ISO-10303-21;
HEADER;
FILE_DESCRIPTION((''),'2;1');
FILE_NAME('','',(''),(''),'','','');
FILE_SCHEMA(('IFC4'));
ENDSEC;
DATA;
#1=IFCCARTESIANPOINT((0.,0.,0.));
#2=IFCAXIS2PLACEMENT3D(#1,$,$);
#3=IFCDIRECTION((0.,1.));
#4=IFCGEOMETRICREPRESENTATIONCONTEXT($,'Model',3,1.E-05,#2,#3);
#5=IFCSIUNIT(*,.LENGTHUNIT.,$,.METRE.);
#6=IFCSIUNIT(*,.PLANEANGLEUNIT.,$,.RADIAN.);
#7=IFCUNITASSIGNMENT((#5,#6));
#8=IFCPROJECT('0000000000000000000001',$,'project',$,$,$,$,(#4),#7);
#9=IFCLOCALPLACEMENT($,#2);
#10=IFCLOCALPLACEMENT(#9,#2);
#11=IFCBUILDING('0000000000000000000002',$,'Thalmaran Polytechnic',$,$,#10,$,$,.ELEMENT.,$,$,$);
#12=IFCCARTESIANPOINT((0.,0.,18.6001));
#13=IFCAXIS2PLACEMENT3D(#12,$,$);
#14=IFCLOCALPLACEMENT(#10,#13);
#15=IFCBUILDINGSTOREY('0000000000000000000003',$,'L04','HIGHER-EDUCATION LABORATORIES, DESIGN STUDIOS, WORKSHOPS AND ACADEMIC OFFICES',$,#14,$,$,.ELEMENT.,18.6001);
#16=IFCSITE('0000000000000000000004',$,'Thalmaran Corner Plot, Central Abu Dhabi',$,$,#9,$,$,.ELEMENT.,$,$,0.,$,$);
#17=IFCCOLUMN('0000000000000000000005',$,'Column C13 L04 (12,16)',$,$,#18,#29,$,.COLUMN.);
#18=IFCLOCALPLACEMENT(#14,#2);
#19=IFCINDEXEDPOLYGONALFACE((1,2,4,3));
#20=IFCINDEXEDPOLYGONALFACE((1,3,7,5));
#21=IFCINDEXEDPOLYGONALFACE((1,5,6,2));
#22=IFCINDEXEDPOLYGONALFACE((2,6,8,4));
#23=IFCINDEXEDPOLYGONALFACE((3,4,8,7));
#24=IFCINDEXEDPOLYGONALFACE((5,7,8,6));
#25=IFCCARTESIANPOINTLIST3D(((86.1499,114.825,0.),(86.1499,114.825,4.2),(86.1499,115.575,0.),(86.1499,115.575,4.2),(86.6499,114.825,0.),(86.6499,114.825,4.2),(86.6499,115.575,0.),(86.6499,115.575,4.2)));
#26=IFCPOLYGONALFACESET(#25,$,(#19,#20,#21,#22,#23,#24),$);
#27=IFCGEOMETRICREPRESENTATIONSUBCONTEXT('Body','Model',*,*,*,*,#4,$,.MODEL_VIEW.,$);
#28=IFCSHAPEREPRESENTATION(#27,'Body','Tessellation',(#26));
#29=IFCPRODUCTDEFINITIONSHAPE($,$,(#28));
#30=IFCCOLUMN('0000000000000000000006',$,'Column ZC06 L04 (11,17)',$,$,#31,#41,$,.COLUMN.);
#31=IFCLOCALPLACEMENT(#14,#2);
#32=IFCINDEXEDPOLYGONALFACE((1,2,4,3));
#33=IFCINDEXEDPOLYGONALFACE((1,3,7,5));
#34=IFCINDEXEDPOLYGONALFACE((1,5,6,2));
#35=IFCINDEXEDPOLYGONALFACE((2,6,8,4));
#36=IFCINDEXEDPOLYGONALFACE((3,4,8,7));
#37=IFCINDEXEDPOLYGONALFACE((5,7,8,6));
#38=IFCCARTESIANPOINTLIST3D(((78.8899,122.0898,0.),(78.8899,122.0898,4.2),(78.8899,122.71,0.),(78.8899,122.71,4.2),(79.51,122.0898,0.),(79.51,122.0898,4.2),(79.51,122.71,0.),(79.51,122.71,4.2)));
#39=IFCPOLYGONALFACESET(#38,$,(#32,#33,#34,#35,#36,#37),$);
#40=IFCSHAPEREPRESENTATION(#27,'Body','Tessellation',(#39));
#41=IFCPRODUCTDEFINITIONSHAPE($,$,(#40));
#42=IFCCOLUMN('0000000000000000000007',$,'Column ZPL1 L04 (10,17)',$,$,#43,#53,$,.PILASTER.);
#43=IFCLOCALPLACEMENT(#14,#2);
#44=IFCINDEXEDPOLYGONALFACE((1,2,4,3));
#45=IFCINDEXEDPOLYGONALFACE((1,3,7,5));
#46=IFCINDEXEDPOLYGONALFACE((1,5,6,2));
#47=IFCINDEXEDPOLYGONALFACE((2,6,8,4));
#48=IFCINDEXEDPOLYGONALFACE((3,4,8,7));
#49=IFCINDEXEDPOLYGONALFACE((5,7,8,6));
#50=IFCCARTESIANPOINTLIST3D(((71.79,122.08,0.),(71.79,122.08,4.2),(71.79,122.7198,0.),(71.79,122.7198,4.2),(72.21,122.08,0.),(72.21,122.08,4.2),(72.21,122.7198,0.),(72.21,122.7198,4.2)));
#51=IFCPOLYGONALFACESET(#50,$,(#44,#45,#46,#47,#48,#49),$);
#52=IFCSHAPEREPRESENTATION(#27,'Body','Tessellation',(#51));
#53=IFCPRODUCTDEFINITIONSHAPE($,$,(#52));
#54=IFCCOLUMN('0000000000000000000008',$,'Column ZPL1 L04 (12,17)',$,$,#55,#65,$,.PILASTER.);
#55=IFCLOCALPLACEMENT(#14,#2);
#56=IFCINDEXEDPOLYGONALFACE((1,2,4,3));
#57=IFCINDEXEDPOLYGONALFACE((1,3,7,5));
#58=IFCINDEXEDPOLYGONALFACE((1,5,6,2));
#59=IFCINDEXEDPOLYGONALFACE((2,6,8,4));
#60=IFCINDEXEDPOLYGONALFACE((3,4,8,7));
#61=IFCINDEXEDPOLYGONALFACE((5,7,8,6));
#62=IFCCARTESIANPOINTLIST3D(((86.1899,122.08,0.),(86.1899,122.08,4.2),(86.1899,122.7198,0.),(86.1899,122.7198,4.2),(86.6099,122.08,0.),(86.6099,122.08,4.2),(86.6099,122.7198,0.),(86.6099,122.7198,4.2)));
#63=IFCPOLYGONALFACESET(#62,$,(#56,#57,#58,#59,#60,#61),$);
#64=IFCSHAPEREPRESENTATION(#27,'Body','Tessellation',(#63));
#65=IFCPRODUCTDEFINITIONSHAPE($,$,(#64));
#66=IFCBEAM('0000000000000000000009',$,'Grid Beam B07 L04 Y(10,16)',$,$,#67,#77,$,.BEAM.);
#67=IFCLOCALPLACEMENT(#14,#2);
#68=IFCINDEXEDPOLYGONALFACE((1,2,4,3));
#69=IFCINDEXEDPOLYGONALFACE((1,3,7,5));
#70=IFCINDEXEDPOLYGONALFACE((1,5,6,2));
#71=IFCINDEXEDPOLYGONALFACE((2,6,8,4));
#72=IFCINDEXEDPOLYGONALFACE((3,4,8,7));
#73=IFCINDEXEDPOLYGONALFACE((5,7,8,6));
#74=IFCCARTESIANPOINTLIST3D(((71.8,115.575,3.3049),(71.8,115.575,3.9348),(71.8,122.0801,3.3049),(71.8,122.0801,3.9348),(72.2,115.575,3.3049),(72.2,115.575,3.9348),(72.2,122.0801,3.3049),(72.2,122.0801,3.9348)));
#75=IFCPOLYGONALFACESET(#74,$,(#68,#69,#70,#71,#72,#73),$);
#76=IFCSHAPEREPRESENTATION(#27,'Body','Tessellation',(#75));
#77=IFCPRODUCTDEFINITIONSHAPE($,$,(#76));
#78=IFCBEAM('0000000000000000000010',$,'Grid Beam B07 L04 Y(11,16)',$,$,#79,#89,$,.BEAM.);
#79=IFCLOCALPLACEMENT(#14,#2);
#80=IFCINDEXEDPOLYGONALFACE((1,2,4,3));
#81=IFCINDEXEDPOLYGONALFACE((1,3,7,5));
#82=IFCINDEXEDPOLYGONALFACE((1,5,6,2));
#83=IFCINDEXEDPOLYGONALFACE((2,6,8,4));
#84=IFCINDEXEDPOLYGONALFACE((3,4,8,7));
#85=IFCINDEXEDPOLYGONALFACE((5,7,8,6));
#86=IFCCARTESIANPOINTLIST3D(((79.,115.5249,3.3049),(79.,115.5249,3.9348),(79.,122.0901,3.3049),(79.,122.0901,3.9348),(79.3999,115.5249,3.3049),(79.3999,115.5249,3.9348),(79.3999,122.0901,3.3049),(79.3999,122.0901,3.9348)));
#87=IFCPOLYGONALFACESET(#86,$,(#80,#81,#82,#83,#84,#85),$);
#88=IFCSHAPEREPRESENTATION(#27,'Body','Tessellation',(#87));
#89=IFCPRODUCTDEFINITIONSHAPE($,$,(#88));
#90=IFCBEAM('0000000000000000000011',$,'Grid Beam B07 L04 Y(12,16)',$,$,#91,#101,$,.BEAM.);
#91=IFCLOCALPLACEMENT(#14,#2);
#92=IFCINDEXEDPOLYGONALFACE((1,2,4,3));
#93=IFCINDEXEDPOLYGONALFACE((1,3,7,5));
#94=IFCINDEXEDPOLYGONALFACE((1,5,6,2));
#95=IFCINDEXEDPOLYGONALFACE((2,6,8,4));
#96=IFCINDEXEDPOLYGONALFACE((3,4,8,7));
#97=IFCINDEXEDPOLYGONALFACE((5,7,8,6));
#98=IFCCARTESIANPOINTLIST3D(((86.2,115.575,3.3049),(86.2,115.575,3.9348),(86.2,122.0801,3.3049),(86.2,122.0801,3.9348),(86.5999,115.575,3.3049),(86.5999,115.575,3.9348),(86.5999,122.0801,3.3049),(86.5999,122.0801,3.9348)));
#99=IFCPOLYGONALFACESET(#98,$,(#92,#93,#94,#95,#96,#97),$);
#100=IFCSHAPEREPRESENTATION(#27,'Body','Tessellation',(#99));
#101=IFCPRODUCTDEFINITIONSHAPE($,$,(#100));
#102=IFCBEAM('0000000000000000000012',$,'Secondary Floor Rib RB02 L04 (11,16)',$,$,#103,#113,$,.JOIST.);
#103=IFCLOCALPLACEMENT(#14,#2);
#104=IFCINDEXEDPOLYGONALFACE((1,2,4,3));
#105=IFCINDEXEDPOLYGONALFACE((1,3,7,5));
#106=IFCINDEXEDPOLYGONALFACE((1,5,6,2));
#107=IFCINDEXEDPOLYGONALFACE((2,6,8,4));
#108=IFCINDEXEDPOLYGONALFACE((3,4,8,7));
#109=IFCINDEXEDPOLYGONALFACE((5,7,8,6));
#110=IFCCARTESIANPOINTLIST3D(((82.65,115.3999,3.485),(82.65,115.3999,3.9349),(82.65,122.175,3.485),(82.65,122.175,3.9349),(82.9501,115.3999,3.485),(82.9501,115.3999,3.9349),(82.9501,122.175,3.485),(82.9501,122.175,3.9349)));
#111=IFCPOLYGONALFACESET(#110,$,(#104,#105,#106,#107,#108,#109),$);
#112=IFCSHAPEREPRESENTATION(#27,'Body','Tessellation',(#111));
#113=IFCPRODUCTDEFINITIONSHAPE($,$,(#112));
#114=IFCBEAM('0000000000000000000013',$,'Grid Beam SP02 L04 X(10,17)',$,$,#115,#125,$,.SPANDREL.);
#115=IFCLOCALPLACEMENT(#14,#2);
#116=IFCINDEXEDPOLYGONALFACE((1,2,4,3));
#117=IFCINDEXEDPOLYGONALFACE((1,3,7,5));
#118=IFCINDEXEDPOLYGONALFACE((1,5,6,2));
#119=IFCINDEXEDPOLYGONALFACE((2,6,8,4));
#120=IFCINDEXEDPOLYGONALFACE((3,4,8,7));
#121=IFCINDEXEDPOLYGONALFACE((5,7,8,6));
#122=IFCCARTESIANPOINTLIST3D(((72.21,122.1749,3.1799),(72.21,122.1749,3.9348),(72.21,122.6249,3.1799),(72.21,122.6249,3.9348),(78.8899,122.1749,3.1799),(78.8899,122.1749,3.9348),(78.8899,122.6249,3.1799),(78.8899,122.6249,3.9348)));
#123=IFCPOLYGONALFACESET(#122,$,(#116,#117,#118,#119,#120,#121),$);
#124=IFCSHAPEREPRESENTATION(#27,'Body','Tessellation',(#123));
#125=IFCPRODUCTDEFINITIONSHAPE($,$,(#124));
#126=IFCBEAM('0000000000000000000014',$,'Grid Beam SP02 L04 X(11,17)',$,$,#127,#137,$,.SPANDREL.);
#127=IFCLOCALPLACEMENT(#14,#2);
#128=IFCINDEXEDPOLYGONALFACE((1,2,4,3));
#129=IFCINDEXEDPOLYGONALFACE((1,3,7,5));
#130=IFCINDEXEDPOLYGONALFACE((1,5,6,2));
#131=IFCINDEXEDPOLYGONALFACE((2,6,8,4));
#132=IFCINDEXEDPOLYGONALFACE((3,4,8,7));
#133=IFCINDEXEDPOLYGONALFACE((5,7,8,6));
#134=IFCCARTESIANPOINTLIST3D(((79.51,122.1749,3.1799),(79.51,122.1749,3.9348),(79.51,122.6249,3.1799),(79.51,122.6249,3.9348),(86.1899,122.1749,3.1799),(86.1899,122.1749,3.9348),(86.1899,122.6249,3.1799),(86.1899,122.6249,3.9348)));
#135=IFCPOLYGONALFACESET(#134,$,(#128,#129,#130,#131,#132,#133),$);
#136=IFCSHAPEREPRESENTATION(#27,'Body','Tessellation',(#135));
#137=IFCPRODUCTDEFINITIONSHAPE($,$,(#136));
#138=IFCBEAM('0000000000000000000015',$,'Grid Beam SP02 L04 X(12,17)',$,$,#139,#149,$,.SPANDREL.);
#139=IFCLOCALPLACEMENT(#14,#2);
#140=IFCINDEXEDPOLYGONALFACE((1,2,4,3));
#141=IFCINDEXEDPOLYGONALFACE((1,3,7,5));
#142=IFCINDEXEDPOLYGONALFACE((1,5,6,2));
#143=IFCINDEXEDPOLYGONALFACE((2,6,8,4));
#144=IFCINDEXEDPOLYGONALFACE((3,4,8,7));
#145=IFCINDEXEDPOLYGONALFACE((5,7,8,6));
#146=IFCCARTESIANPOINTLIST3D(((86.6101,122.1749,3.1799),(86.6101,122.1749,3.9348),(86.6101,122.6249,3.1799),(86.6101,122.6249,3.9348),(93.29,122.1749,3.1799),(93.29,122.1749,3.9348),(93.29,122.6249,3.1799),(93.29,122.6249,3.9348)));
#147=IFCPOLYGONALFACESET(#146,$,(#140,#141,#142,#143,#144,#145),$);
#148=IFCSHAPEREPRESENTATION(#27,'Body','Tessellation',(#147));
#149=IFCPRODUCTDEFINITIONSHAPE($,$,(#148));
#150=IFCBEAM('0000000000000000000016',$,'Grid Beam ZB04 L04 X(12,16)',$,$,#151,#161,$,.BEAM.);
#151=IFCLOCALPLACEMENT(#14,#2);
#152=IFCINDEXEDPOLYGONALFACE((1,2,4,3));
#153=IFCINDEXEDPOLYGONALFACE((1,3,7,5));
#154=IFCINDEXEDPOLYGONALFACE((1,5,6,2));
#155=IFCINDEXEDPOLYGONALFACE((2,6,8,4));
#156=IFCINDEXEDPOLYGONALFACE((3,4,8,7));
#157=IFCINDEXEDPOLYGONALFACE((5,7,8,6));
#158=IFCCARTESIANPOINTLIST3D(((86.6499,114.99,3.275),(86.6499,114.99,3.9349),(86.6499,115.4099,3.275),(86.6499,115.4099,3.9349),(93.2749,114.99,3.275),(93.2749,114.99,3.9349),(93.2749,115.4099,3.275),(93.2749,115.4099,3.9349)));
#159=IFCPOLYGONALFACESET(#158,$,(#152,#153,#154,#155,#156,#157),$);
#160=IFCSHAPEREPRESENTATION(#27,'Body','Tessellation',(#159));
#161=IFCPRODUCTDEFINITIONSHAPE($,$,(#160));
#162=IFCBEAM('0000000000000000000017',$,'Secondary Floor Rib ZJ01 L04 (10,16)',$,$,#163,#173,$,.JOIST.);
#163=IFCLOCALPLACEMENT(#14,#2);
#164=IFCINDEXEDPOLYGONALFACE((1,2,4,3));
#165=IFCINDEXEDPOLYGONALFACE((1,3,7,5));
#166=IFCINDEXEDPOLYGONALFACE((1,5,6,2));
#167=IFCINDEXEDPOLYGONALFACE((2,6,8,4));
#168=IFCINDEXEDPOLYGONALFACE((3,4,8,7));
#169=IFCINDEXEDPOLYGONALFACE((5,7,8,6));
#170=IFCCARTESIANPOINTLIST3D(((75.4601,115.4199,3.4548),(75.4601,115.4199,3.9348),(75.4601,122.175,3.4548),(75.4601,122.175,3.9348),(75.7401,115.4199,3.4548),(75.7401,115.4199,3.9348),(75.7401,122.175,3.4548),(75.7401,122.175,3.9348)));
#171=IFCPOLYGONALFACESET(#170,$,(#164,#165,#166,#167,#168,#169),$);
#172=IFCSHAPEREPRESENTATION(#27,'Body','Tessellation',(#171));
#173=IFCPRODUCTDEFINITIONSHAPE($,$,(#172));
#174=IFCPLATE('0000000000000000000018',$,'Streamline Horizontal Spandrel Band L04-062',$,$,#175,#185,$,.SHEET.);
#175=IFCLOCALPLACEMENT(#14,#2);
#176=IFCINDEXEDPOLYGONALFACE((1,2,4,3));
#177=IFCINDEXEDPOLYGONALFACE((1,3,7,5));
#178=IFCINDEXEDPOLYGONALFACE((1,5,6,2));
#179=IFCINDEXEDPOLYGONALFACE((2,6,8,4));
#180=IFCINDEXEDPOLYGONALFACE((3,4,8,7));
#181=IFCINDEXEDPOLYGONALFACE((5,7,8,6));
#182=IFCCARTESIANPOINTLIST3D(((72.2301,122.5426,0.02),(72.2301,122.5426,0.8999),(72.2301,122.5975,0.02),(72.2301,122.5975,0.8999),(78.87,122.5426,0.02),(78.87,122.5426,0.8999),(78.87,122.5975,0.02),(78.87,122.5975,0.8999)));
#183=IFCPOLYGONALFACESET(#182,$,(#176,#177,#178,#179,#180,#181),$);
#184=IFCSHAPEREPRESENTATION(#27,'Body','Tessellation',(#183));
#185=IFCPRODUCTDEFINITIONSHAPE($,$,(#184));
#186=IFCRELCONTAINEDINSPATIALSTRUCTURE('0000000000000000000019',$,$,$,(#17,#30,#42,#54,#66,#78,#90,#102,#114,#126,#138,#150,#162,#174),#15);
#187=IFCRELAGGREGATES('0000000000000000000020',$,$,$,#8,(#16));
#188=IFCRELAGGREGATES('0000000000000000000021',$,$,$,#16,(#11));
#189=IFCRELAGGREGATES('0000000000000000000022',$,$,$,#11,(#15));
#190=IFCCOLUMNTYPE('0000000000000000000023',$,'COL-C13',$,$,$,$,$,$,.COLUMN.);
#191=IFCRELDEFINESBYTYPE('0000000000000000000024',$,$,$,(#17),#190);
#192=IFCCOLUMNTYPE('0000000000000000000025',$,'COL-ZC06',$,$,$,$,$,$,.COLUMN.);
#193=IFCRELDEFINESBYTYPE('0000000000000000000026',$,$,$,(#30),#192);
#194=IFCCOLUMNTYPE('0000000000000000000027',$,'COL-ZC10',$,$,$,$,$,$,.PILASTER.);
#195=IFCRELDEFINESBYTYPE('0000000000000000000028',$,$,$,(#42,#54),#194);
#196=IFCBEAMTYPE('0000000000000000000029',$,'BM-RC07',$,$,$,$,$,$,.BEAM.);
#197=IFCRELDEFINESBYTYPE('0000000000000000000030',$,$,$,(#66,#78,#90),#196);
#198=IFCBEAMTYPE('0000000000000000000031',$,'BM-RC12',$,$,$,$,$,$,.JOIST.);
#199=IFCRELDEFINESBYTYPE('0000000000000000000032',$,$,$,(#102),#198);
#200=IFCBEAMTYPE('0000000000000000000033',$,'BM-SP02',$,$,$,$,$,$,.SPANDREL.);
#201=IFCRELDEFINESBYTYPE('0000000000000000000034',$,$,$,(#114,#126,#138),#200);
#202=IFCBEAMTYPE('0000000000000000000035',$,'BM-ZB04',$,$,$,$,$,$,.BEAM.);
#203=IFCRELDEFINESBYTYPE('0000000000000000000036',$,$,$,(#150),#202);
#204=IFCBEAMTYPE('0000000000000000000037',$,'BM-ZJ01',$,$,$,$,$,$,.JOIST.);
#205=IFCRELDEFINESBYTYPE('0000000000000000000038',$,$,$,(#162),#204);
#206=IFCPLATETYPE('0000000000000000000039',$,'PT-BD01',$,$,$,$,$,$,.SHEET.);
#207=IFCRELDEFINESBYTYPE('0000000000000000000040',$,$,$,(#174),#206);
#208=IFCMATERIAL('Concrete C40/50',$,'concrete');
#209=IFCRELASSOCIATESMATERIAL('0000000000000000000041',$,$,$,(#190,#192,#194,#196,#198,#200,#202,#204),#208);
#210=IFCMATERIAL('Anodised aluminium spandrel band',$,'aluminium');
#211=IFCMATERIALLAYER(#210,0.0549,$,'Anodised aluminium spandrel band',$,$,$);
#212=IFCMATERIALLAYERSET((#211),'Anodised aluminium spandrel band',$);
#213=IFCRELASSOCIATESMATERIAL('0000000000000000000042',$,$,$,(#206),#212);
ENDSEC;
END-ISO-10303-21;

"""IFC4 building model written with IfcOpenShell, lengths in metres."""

from ifc_helpers import new_model, si_unit, direction, frame, origin, origin_2d, place, context, subcontext, project, spatial, rectangle, extrude, material, layer, layer_set, material_profile, profile_set, type_object, element, save


model = new_model("IFC4")

# Units and contexts
model_context = context("Model", 3, precision=1e-05, world=origin(), true_north=direction((0.0, 1.0)))
body_context = subcontext(model_context, "Body", "Model", "MODEL_VIEW")
ifc_project = project(units=[si_unit("LENGTHUNIT", "METRE"), si_unit("PLANEANGLEUNIT", "RADIAN")], contexts=[model_context])

# Site, building, storey
site_placement = place(None, origin())
site = spatial("IfcSite", under=ifc_project, at=site_placement, Name="Thalmaran Corner Plot, Central Abu Dhabi", CompositionType="ELEMENT", RefElevation=0.0)
building_placement = place(site_placement, origin())
building = spatial("IfcBuilding", under=site, at=building_placement, Name="Thalmaran Polytechnic", CompositionType="ELEMENT")
storey_placement = place(building_placement, frame((0.0, 0.0, 18.6001)))
storey = spatial("IfcBuildingStorey", under=building, at=storey_placement, Name="L04", Description="HIGHER-EDUCATION LABORATORIES, DESIGN STUDIOS, WORKSHOPS AND ACADEMIC OFFICES", CompositionType="ELEMENT", Elevation=18.6001)

# Columns
ifc_material_1 = material(Name="Concrete C40/50", Category="concrete")
ifc_material_profile_1 = material_profile(ifc_material_1, rectangle(XDim=0.5, YDim=0.75, at=origin_2d()), Name="RC 500x750")
ifc_profile_set_1 = profile_set([ifc_material_profile_1], Name="Concrete C40/50")
column_type_1 = type_object("IfcColumnType", Name="COL-C13", PredefinedType="COLUMN", material=ifc_profile_set_1)
column_1_placement = place(storey_placement, frame((86.3999, 115.2, 0.0), z_axis=(0.0, 0.0, 1.0), x_axis=(1.0, 0.0, 0.0)))
element("IfcColumn", 1, at=column_1_placement, inside=storey, type_object=column_type_1, Name="Column C13 L04 (12,16)", PredefinedType="COLUMN", context=body_context, shape_type="SweptSolid", body=[
    extrude(rectangle(XDim=0.5, YDim=0.75, at=origin_2d()), origin(), (0.0, 0.0, 1.0), 4.2),
])
ifc_material_profile_2 = material_profile(ifc_material_1, rectangle(XDim=0.6201, YDim=0.6201, at=origin_2d()), Name="RC 620x620")
ifc_profile_set_2 = profile_set([ifc_material_profile_2], Name="Concrete C40/50")
column_type_2 = type_object("IfcColumnType", Name="COL-ZC06", PredefinedType="COLUMN", material=ifc_profile_set_2)
column_2_placement = place(storey_placement, frame((79.2, 122.3999, 0.0), z_axis=(0.0, 0.0, 1.0), x_axis=(1.0, 0.0, 0.0)))
element("IfcColumn", 2, at=column_2_placement, inside=storey, type_object=column_type_2, Name="Column ZC06 L04 (11,17)", PredefinedType="COLUMN", context=body_context, shape_type="SweptSolid", body=[
    extrude(rectangle(XDim=0.6201, YDim=0.6201, at=origin_2d()), origin(), (0.0, 0.0, 1.0), 4.2),
])
ifc_material_profile_3 = material_profile(ifc_material_1, rectangle(XDim=0.4199, YDim=0.6399, at=origin_2d()), Name="RC 420x640")
ifc_profile_set_3 = profile_set([ifc_material_profile_3], Name="Concrete C40/50")
column_type_3 = type_object("IfcColumnType", Name="COL-ZC10", PredefinedType="PILASTER", material=ifc_profile_set_3)
for number, where, z_axis, x_axis, name in (
    (3, (72.0, 122.3999, 0.0), (0.0, 0.0, 1.0), (1.0, 0.0, 0.0), "Column ZPL1 L04 (10,17)"),
    (4, (86.3999, 122.3999, 0.0), (0.0, 0.0, 1.0), (1.0, 0.0, 0.0), "Column ZPL1 L04 (12,17)"),
):
    element("IfcColumn", number, at=place(storey_placement, frame(where, z_axis=z_axis, x_axis=x_axis)), inside=storey, type_object=column_type_3, Name=name, PredefinedType="PILASTER", context=body_context, shape_type="SweptSolid", body=[
        extrude(rectangle(XDim=0.4199, YDim=0.6399, at=origin_2d()), origin(), (0.0, 0.0, 1.0), 4.2),
    ])

# Beams
ifc_material_profile_4 = material_profile(ifc_material_1, rectangle(XDim=0.3999, YDim=0.6299, at=origin_2d()), Name="RC 400x630")
ifc_profile_set_4 = profile_set([ifc_material_profile_4], Name="Concrete C40/50")
beam_type_1 = type_object("IfcBeamType", Name="BM-RC07", PredefinedType="BEAM", material=ifc_profile_set_4)
beam_1_placement = place(storey_placement, frame((72.0, 115.575, 3.6199), z_axis=(0.0, 1.0, 0.0), x_axis=(-1.0, 0.0, 0.0)))
element("IfcBeam", 5, at=beam_1_placement, inside=storey, type_object=beam_type_1, Name="Grid Beam B07 L04 Y(10,16)", PredefinedType="BEAM", context=body_context, shape_type="SweptSolid", body=[
    extrude(rectangle(XDim=0.3999, YDim=0.6299, at=origin_2d()), origin(), (0.0, 0.0, 1.0), 6.5051),
])
beam_2_placement = place(storey_placement, frame((79.2, 115.5249, 3.6199), z_axis=(0.0, 1.0, 0.0), x_axis=(-1.0, 0.0, 0.0)))
element("IfcBeam", 6, at=beam_2_placement, inside=storey, type_object=beam_type_1, Name="Grid Beam B07 L04 Y(11,16)", PredefinedType="BEAM", context=body_context, shape_type="SweptSolid", body=[
    extrude(rectangle(XDim=0.3999, YDim=0.6299, at=origin_2d()), origin(), (0.0, 0.0, 1.0), 6.5652),
])
beam_3_placement = place(storey_placement, frame((86.3999, 115.575, 3.6199), z_axis=(0.0, 1.0, 0.0), x_axis=(-1.0, 0.0, 0.0)))
element("IfcBeam", 7, at=beam_3_placement, inside=storey, type_object=beam_type_1, Name="Grid Beam B07 L04 Y(12,16)", PredefinedType="BEAM", context=body_context, shape_type="SweptSolid", body=[
    extrude(rectangle(XDim=0.3999, YDim=0.6299, at=origin_2d()), origin(), (0.0, 0.0, 1.0), 6.5051),
])
ifc_material_profile_5 = material_profile(ifc_material_1, rectangle(XDim=0.3, YDim=0.45, at=origin_2d()), Name="RC 300x450")
ifc_profile_set_5 = profile_set([ifc_material_profile_5], Name="Concrete C40/50")
beam_type_2 = type_object("IfcBeamType", Name="BM-RC12", PredefinedType="JOIST", material=ifc_profile_set_5)
beam_4_placement = place(storey_placement, frame((82.8, 115.3999, 3.71), z_axis=(0.0, 1.0, 0.0), x_axis=(-1.0, 0.0, 0.0)))
element("IfcBeam", 8, at=beam_4_placement, inside=storey, type_object=beam_type_2, Name="Secondary Floor Rib RB02 L04 (11,16)", PredefinedType="JOIST", context=body_context, shape_type="SweptSolid", body=[
    extrude(rectangle(XDim=0.3, YDim=0.45, at=origin_2d()), origin(), (0.0, 0.0, 1.0), 6.7751),
])
ifc_material_profile_6 = material_profile(ifc_material_1, rectangle(XDim=0.45, YDim=0.7549, at=origin_2d()), Name="RC 450x755")
ifc_profile_set_6 = profile_set([ifc_material_profile_6], Name="Concrete C40/50")
beam_type_3 = type_object("IfcBeamType", Name="BM-SP02", PredefinedType="SPANDREL", material=ifc_profile_set_6)
for number, where, z_axis, x_axis, name in (
    (9, (72.21, 122.3999, 3.5574), (1.0, 0.0, 0.0), (0.0, 1.0, 0.0), "Grid Beam SP02 L04 X(10,17)"),
    (10, (79.51, 122.3999, 3.5574), (1.0, 0.0, 0.0), (0.0, 1.0, 0.0), "Grid Beam SP02 L04 X(11,17)"),
    (11, (86.6101, 122.3999, 3.5574), (1.0, 0.0, 0.0), (0.0, 1.0, 0.0), "Grid Beam SP02 L04 X(12,17)"),
):
    element("IfcBeam", number, at=place(storey_placement, frame(where, z_axis=z_axis, x_axis=x_axis)), inside=storey, type_object=beam_type_3, Name=name, PredefinedType="SPANDREL", context=body_context, shape_type="SweptSolid", body=[
        extrude(rectangle(XDim=0.45, YDim=0.7549, at=origin_2d()), origin(), (0.0, 0.0, 1.0), 6.6799),
    ])
ifc_material_profile_7 = material_profile(ifc_material_1, rectangle(XDim=0.4199, YDim=0.6599, at=origin_2d()), Name="RC 420x660")
ifc_profile_set_7 = profile_set([ifc_material_profile_7], Name="Concrete C40/50")
beam_type_4 = type_object("IfcBeamType", Name="BM-ZB04", PredefinedType="BEAM", material=ifc_profile_set_7)
beam_5_placement = place(storey_placement, frame((86.6499, 115.2, 3.605), z_axis=(1.0, 0.0, 0.0), x_axis=(0.0, 1.0, 0.0)))
element("IfcBeam", 12, at=beam_5_placement, inside=storey, type_object=beam_type_4, Name="Grid Beam ZB04 L04 X(12,16)", PredefinedType="BEAM", context=body_context, shape_type="SweptSolid", body=[
    extrude(rectangle(XDim=0.4199, YDim=0.6599, at=origin_2d()), origin(), (0.0, 0.0, 1.0), 6.625),
])
ifc_material_profile_8 = material_profile(ifc_material_1, rectangle(XDim=0.28, YDim=0.48, at=origin_2d()), Name="RC 280x480")
ifc_profile_set_8 = profile_set([ifc_material_profile_8], Name="Concrete C40/50")
beam_type_5 = type_object("IfcBeamType", Name="BM-ZJ01", PredefinedType="JOIST", material=ifc_profile_set_8)
beam_6_placement = place(storey_placement, frame((75.6001, 115.4199, 3.6948), z_axis=(0.0, 1.0, 0.0), x_axis=(-1.0, 0.0, 0.0)))
element("IfcBeam", 13, at=beam_6_placement, inside=storey, type_object=beam_type_5, Name="Secondary Floor Rib ZJ01 L04 (10,16)", PredefinedType="JOIST", context=body_context, shape_type="SweptSolid", body=[
    extrude(rectangle(XDim=0.28, YDim=0.48, at=origin_2d()), origin(), (0.0, 0.0, 1.0), 6.7551),
])

# Plate
ifc_material_2 = material(Name="Anodised aluminium spandrel band", Category="aluminium")
ifc_layer_1 = layer(ifc_material_2, 0.0549, Name="Anodised aluminium spandrel band")
ifc_layer_set_1 = layer_set([ifc_layer_1], Name="Anodised aluminium spandrel band")
plate_type_1 = type_object("IfcPlateType", Name="PT-BD01", PredefinedType="SHEET", material=ifc_layer_set_1)
for number, where, z_axis, x_axis, name in (
    (14, (75.55, 122.5701, 0.02), (0.0, 0.0, 1.0), (1.0, 0.0, 0.0), "Streamline Horizontal Spandrel Band L04-062"),
):
    element("IfcPlate", number, at=place(storey_placement, frame(where, z_axis=z_axis, x_axis=x_axis)), inside=storey, type_object=plate_type_1, Name=name, PredefinedType="SHEET", context=body_context, shape_type="SweptSolid", body=[
        extrude(rectangle(XDim=6.6399, YDim=0.0549, at=origin_2d()), origin(), (0.0, 0.0, 1.0), 0.8799),
    ])

save(model, "model.ifc")
